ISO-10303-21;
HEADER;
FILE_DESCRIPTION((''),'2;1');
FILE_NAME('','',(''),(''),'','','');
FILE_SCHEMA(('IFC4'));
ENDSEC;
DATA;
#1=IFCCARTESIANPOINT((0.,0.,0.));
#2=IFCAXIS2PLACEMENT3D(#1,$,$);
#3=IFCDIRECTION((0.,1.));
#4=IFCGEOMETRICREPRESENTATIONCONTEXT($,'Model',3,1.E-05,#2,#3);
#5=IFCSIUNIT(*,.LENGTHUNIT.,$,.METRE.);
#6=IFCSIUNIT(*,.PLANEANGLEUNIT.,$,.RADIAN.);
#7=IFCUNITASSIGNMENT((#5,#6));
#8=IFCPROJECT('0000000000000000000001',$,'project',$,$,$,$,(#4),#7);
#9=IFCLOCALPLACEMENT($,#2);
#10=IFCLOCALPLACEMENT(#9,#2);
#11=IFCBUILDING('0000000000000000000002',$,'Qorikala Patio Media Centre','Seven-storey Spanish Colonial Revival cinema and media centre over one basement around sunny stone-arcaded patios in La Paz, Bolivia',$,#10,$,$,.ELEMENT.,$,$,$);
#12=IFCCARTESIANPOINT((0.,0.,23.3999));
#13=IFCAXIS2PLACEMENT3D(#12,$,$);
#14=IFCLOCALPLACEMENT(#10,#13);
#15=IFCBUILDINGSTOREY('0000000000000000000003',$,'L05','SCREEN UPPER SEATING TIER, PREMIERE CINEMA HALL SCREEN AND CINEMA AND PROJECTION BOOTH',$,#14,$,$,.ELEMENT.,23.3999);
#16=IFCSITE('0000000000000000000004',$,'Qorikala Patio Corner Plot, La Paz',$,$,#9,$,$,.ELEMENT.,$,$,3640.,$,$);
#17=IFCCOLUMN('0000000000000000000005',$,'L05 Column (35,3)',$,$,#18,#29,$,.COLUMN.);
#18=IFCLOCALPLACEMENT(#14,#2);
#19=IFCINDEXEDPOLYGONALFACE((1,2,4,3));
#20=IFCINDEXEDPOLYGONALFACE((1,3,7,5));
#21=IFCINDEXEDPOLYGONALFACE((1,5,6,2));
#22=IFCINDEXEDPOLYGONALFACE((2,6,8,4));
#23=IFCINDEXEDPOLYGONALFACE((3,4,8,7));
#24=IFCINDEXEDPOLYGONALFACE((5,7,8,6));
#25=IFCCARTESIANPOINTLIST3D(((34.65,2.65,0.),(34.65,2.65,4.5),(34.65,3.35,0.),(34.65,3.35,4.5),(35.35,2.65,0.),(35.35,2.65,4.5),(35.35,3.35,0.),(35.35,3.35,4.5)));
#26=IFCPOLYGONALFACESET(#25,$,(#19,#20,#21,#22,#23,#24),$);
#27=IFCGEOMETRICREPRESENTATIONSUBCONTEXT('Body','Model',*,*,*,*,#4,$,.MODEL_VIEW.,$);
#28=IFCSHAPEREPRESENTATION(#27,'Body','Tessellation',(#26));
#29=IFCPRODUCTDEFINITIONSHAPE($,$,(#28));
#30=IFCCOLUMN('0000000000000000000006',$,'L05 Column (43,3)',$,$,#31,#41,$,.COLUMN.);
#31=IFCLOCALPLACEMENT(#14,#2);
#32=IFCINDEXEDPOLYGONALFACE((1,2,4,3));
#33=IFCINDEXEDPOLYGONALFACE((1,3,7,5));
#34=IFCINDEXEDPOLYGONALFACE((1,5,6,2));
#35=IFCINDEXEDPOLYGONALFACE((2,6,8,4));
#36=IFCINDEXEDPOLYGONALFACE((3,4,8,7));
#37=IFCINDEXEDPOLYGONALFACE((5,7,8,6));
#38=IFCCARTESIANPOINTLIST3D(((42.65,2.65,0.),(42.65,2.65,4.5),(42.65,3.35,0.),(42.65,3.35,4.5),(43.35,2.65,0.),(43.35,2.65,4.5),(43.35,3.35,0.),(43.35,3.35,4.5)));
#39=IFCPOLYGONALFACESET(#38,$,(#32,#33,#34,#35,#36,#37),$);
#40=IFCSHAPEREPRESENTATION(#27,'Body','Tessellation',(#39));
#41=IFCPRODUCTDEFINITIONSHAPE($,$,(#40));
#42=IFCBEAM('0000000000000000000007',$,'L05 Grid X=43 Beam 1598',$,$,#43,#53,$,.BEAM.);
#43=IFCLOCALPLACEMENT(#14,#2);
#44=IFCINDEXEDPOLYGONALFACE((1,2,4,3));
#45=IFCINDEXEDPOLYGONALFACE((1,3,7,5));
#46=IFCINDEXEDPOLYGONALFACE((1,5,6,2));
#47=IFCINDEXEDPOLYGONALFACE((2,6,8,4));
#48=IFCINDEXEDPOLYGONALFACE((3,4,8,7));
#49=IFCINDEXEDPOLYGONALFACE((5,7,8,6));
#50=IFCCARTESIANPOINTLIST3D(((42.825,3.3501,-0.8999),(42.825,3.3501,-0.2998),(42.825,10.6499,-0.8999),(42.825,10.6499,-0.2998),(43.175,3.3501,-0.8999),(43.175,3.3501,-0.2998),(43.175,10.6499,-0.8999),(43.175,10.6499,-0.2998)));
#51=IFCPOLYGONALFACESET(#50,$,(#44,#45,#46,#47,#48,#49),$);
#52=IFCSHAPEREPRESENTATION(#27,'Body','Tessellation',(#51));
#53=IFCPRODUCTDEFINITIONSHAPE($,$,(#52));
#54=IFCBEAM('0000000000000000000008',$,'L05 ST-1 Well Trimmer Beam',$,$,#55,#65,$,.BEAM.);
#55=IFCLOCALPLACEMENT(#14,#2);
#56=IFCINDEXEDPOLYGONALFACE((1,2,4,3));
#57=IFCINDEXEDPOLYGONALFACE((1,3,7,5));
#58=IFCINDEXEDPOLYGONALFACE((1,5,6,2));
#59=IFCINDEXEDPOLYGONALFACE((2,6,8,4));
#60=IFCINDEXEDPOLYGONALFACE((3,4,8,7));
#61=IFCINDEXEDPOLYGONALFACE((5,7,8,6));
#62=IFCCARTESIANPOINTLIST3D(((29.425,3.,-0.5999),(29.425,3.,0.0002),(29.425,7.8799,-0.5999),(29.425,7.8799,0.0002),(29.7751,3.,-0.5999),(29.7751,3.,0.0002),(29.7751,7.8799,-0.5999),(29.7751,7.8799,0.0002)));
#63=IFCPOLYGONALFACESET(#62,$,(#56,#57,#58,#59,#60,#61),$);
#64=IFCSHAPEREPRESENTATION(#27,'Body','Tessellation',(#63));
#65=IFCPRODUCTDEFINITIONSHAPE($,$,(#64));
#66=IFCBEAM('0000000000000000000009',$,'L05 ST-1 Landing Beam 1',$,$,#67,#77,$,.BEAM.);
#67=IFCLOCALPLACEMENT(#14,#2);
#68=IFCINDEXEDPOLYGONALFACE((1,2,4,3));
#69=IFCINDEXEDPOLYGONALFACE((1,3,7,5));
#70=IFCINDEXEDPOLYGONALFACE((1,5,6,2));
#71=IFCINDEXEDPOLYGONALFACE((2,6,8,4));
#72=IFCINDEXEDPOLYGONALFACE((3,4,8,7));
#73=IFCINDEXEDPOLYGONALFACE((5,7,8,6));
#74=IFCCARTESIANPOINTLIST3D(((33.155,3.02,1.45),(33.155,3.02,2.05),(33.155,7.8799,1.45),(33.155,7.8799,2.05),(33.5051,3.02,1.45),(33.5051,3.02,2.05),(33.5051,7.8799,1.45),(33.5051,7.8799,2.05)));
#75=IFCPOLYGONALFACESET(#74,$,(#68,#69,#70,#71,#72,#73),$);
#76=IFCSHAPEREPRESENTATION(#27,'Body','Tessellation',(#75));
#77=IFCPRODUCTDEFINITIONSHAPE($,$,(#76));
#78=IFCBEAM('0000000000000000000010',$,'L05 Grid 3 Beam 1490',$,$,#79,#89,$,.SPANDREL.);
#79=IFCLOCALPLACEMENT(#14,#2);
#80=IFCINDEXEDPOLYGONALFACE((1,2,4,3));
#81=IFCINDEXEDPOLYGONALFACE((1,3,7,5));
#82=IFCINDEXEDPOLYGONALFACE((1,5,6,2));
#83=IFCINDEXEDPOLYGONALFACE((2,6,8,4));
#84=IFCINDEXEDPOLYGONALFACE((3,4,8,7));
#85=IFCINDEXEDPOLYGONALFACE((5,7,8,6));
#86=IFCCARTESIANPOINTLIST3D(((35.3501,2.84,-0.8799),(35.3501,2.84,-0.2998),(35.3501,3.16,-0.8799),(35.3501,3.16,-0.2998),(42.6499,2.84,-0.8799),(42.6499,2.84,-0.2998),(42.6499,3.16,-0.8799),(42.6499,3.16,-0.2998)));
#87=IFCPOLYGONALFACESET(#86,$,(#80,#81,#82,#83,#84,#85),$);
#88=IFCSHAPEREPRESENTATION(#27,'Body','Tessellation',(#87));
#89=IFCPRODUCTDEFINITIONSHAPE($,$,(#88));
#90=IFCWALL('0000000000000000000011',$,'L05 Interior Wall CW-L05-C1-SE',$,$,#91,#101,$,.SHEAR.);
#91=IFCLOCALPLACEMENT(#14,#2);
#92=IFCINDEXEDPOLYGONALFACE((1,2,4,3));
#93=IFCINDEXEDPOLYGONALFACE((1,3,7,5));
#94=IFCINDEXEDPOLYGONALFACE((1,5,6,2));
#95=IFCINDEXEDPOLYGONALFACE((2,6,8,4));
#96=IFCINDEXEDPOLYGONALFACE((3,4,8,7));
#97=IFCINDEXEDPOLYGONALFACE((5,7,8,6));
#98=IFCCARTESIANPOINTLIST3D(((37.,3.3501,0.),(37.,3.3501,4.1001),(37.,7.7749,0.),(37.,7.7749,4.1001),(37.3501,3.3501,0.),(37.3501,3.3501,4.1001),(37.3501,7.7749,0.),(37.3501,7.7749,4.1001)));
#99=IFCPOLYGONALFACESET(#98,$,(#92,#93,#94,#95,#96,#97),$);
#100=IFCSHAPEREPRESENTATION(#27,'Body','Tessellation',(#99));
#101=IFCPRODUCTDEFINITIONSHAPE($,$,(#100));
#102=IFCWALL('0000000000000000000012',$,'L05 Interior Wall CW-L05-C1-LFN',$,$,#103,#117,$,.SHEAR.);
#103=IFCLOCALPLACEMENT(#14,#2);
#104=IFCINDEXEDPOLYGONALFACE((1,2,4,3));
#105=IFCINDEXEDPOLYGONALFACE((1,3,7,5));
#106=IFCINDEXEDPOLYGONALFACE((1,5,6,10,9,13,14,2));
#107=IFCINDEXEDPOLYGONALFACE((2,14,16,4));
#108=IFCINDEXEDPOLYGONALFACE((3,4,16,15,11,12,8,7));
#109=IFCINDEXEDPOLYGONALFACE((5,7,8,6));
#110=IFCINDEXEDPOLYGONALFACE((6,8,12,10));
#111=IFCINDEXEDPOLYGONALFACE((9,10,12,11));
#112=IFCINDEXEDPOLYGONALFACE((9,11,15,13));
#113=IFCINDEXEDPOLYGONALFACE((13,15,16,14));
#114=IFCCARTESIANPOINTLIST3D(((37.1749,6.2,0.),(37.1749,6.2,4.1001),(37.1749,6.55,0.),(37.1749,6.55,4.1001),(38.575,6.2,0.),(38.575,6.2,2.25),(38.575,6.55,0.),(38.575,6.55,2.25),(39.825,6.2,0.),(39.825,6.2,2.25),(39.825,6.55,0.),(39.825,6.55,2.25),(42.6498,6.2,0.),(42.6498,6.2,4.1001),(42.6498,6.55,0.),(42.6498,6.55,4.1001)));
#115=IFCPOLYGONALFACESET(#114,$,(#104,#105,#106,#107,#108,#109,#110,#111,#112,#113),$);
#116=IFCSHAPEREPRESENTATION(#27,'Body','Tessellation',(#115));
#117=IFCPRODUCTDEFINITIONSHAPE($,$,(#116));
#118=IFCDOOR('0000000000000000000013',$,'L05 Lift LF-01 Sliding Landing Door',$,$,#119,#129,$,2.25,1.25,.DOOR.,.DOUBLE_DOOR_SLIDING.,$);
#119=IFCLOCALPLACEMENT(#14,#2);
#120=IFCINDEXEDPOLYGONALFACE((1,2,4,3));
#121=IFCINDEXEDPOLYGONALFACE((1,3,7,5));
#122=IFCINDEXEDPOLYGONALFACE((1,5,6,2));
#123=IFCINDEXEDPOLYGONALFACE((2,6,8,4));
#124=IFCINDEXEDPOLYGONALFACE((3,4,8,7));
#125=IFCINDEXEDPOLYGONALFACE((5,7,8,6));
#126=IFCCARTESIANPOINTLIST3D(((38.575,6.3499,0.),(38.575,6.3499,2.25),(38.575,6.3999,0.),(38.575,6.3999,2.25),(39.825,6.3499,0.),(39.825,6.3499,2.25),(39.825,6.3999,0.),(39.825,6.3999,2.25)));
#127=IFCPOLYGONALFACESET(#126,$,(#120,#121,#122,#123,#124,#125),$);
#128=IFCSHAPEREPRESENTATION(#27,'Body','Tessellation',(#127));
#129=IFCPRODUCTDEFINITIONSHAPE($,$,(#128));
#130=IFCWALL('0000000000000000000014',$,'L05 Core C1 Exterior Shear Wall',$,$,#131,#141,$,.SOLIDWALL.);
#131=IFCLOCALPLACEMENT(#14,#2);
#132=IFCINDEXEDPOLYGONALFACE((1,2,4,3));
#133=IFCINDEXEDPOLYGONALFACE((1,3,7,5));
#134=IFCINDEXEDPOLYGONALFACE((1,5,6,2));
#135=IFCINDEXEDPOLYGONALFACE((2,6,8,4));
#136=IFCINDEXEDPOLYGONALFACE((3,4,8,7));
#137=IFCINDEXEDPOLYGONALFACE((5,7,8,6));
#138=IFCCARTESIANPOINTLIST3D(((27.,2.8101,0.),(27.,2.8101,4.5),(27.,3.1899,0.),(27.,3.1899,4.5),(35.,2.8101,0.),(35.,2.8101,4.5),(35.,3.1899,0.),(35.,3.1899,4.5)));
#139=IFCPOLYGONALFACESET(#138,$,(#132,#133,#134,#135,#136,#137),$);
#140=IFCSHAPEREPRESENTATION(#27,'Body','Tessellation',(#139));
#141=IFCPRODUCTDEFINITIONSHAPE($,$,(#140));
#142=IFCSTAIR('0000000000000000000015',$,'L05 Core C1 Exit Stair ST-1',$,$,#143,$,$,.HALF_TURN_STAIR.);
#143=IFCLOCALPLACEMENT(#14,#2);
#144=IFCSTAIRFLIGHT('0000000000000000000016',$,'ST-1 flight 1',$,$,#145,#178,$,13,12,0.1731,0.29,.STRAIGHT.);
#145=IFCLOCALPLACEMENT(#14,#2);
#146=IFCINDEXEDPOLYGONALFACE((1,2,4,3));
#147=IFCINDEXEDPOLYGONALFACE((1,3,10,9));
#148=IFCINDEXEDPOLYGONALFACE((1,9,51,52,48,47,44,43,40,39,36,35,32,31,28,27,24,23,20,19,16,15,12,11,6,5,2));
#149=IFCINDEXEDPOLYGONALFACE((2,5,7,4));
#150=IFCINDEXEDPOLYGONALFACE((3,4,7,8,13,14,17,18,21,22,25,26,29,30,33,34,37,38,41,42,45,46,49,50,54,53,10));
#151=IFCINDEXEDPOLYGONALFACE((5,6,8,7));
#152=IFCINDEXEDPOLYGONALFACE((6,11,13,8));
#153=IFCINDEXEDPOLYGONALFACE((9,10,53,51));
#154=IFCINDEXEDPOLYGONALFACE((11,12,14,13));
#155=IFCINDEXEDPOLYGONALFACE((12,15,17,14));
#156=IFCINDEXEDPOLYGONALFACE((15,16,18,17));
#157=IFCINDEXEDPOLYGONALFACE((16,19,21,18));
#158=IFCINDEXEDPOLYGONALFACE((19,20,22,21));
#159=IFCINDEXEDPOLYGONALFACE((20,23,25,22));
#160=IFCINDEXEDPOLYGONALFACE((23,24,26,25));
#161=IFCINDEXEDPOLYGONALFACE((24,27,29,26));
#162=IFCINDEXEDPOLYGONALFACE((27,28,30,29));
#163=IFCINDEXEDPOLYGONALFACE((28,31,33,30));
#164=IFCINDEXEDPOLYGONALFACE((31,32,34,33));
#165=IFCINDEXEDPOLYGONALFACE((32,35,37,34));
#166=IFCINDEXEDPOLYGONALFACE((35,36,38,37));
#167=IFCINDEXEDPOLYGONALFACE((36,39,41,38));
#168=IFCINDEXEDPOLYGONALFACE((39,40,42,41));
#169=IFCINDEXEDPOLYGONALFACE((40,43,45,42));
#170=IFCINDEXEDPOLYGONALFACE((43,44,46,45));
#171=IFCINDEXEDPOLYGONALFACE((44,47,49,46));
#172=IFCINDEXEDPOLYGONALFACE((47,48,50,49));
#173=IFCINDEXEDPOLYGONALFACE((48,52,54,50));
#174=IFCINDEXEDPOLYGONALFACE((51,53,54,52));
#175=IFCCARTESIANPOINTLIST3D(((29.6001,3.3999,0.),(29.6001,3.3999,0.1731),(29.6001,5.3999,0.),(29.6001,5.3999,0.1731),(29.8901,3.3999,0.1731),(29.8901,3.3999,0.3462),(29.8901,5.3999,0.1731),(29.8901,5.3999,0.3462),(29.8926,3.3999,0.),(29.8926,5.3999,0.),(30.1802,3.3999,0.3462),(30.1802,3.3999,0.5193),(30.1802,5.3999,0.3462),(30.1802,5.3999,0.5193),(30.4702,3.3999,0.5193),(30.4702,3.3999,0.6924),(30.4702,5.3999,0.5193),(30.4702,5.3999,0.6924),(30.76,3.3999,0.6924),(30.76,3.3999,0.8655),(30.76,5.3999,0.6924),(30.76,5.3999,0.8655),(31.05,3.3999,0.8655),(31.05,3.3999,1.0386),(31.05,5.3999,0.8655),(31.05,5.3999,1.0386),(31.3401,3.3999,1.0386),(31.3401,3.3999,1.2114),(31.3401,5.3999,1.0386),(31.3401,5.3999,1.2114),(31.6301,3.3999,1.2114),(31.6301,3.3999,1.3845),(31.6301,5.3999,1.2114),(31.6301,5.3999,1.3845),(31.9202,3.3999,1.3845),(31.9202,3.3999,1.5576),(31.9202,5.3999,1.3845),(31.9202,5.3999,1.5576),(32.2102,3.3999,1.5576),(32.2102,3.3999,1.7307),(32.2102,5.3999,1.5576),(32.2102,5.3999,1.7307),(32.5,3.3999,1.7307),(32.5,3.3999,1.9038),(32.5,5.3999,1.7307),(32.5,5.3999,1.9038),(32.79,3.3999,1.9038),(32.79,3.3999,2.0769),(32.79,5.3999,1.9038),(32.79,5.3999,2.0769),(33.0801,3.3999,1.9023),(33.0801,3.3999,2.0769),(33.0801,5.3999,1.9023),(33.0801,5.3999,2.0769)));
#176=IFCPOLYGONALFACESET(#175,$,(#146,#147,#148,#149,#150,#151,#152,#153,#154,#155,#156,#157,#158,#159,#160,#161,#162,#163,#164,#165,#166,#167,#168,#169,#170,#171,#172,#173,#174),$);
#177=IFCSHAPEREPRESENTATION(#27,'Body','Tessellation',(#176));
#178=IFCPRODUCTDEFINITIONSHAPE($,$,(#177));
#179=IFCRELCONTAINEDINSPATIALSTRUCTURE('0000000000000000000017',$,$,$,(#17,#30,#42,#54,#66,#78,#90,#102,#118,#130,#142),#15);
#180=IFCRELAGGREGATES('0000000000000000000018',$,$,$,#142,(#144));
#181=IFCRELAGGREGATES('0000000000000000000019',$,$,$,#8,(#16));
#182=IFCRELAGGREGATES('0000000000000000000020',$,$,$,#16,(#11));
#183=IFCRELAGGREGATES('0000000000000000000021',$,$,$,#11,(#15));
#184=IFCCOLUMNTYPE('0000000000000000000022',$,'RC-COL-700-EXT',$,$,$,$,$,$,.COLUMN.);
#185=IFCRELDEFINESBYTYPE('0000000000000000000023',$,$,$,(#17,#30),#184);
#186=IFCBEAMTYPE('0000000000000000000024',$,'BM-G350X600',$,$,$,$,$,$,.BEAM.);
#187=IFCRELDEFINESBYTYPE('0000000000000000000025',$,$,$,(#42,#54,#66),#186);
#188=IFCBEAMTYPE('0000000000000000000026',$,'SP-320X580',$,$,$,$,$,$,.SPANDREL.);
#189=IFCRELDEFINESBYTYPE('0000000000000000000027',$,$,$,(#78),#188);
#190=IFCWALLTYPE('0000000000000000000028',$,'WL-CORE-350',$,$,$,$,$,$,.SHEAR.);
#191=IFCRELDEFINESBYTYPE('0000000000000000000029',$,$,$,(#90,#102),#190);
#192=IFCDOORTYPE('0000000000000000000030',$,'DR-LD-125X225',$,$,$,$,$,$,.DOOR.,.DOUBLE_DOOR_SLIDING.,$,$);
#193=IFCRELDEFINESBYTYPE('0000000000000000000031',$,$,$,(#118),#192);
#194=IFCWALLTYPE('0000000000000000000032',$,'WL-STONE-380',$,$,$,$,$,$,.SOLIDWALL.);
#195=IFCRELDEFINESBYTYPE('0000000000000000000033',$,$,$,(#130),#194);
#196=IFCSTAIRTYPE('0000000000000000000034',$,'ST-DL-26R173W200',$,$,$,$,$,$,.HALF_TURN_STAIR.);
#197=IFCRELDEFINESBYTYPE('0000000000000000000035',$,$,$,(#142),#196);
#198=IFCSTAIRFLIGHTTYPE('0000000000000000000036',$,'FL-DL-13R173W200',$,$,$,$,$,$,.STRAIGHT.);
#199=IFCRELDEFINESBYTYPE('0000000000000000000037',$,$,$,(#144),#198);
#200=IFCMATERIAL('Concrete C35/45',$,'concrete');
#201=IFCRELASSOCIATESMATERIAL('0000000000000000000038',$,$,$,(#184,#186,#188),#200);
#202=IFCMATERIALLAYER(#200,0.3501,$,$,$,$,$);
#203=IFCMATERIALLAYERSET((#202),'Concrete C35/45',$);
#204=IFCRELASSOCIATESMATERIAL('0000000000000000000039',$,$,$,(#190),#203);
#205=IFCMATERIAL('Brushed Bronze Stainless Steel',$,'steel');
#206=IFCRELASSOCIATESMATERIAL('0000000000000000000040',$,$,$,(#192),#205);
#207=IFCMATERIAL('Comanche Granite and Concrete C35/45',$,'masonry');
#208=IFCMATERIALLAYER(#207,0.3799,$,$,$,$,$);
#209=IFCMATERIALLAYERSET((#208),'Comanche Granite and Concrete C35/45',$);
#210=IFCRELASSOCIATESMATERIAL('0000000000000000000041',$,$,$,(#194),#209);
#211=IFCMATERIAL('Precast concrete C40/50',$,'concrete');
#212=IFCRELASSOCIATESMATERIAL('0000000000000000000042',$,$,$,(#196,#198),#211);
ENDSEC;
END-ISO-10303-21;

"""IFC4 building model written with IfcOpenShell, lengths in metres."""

from ifc_helpers import new_model, si_unit, direction, frame, frame_2d, origin, origin_2d, place, context, subcontext, project, spatial, polyline, rectangle, outline, extrude, material, layer, layer_set, material_profile, profile_set, type_object, element, fill, aggregate, save


model = new_model("IFC4")

# Units and contexts
model_context = context("Model", 3, precision=1e-05, world=origin(), true_north=direction((0.0, 1.0)))
body_context = subcontext(model_context, "Body", "Model", "MODEL_VIEW")
ifc_project = project(units=[si_unit("LENGTHUNIT", "METRE"), si_unit("PLANEANGLEUNIT", "RADIAN")], contexts=[model_context])

# Site, building, storey
site_placement = place(None, origin())
site = spatial("IfcSite", under=ifc_project, at=site_placement, Name="Qorikala Patio Corner Plot, La Paz", CompositionType="ELEMENT", RefElevation=3640.0)
building_placement = place(site_placement, origin())
building = spatial("IfcBuilding", under=site, at=building_placement, Name="Qorikala Patio Media Centre", Description="Seven-storey Spanish Colonial Revival cinema and media centre over one basement around sunny stone-arcaded patios in La Paz, Bolivia", CompositionType="ELEMENT")
storey_placement = place(building_placement, frame((0.0, 0.0, 23.3999)))
storey = spatial("IfcBuildingStorey", under=building, at=storey_placement, Name="L05", Description="SCREEN UPPER SEATING TIER, PREMIERE CINEMA HALL SCREEN AND CINEMA AND PROJECTION BOOTH", CompositionType="ELEMENT", Elevation=23.3999)

# Columns
ifc_material_1 = material(Name="Concrete C35/45", Category="concrete")
ifc_material_profile_1 = material_profile(ifc_material_1, rectangle(XDim=0.7, YDim=0.7, at=origin_2d()), Name="RC 700x700")
ifc_profile_set_1 = profile_set([ifc_material_profile_1], Name="Concrete C35/45")
column_type = type_object("IfcColumnType", Name="RC-COL-700-EXT", PredefinedType="COLUMN", material=ifc_profile_set_1)
for number, where, z_axis, x_axis, name in (
    (1, (35.0, 3.0, 0.0), (0.0, 0.0, 1.0), (1.0, 0.0, 0.0), "L05 Column (35,3)"),
    (2, (43.0, 3.0, 0.0), (0.0, 0.0, 1.0), (1.0, 0.0, 0.0), "L05 Column (43,3)"),
):
    element("IfcColumn", number, at=place(storey_placement, frame(where, z_axis=z_axis, x_axis=x_axis)), inside=storey, type_object=column_type, Name=name, PredefinedType="COLUMN", context=body_context, shape_type="SweptSolid", body=[
        extrude(rectangle(XDim=0.7, YDim=0.7, at=origin_2d()), origin(), (0.0, 0.0, 1.0), 4.5),
    ])

# Beams
ifc_material_profile_2 = material_profile(ifc_material_1, rectangle(XDim=0.3501, YDim=0.6001, at=origin_2d()), Name="RC 350x600")
ifc_profile_set_2 = profile_set([ifc_material_profile_2], Name="Concrete C35/45")
beam_type_1 = type_object("IfcBeamType", Name="BM-G350X600", PredefinedType="BEAM", material=ifc_profile_set_2)
beam_1_placement = place(storey_placement, frame((43.0, 3.3501, -0.5999), z_axis=(0.0, 1.0, 0.0), x_axis=(-1.0, 0.0, 0.0)))
element("IfcBeam", 3, at=beam_1_placement, inside=storey, type_object=beam_type_1, Name="L05 Grid X=43 Beam 1598", PredefinedType="BEAM", context=body_context, shape_type="SweptSolid", body=[
    extrude(rectangle(XDim=0.3501, YDim=0.6001, at=origin_2d()), origin(), (0.0, 0.0, 1.0), 7.2998),
])
beam_2_placement = place(storey_placement, frame((29.6001, 3.0, -0.2998), z_axis=(0.0, 1.0, 0.0), x_axis=(-1.0, 0.0, 0.0)))
element("IfcBeam", 4, at=beam_2_placement, inside=storey, type_object=beam_type_1, Name="L05 ST-1 Well Trimmer Beam", PredefinedType="BEAM", context=body_context, shape_type="SweptSolid", body=[
    extrude(rectangle(XDim=0.3501, YDim=0.6001, at=origin_2d()), origin(), (0.0, 0.0, 1.0), 4.8799),
])
beam_3_placement = place(storey_placement, frame((33.3301, 3.02, 1.75), z_axis=(0.0, 1.0, 0.0), x_axis=(-1.0, 0.0, 0.0)))
element("IfcBeam", 5, at=beam_3_placement, inside=storey, type_object=beam_type_1, Name="L05 ST-1 Landing Beam 1", PredefinedType="BEAM", context=body_context, shape_type="SweptSolid", body=[
    extrude(rectangle(XDim=0.3501, YDim=0.6001, at=origin_2d()), origin(), (0.0, 0.0, 1.0), 4.8599),
])
ifc_material_profile_3 = material_profile(ifc_material_1, rectangle(XDim=0.3201, YDim=0.5801, at=origin_2d()), Name="RC 320x580")
ifc_profile_set_3 = profile_set([ifc_material_profile_3], Name="Concrete C35/45")
beam_type_2 = type_object("IfcBeamType", Name="SP-320X580", PredefinedType="SPANDREL", material=ifc_profile_set_3)
beam_4_placement = place(storey_placement, frame((35.3501, 3.0, -0.5898), z_axis=(1.0, 0.0, 0.0), x_axis=(0.0, 1.0, 0.0)))
element("IfcBeam", 6, at=beam_4_placement, inside=storey, type_object=beam_type_2, Name="L05 Grid 3 Beam 1490", PredefinedType="SPANDREL", context=body_context, shape_type="SweptSolid", body=[
    extrude(rectangle(XDim=0.3201, YDim=0.5801, at=origin_2d()), origin(), (0.0, 0.0, 1.0), 7.2998),
])

# Wall
ifc_layer_1 = layer(ifc_material_1, 0.3501)
ifc_layer_set_1 = layer_set([ifc_layer_1], Name="Concrete C35/45")
wall_type_1 = type_object("IfcWallType", Name="WL-CORE-350", PredefinedType="SHEAR", material=ifc_layer_set_1)
wall_1_placement = place(storey_placement, frame((37.175, 3.3501, 0.0), z_axis=(0.0, 0.0, 1.0), x_axis=(0.0, 1.0, 0.0)))
element("IfcWall", 7, at=wall_1_placement, inside=storey, type_object=wall_type_1, Name="L05 Interior Wall CW-L05-C1-SE", PredefinedType="SHEAR", context=body_context, shape_type="SweptSolid", body=[
    extrude(rectangle(XDim=4.4248, YDim=0.3501, at=frame_2d((2.2124, 0.0))), origin(), (0.0, 0.0, 1.0), 4.1001),
])

# Wall, opening, door
wall_2_placement = place(storey_placement, frame((37.175, 6.375, 0.0), z_axis=(0.0, 0.0, 1.0), x_axis=(1.0, 0.0, 0.0)))
wall_2 = element("IfcWall", 8, at=wall_2_placement, inside=storey, type_object=wall_type_1, Name="L05 Interior Wall CW-L05-C1-LFN", PredefinedType="SHEAR", context=body_context, shape_type="SweptSolid", body=[
    extrude(rectangle(XDim=5.4749, YDim=0.3501, at=frame_2d((2.7373, 0.0))), origin(), (0.0, 0.0, 1.0), 4.1001),
])
opening_placement = place(wall_2_placement, frame((1.3999, 0.0, 0.0)))
opening = element("IfcOpeningElement", 9, at=opening_placement, cuts=wall_2, PredefinedType="OPENING", context=body_context, shape_type="SweptSolid", body=[
    extrude(rectangle(XDim=1.25, YDim=2.25, at=frame_2d((0.625, 1.125))), frame((0.0, 0.1851, 0.0), z_axis=(0.0, -1.0, 0.0), x_axis=(1.0, 0.0, 0.0)), (0.0, 0.0, 1.0), 0.3701),
])
ifc_material_2 = material(Name="Brushed Bronze Stainless Steel", Category="steel")
door_type = type_object("IfcDoorType", Name="DR-LD-125X225", OperationType="DOUBLE_DOOR_SLIDING", PredefinedType="DOOR", material=ifc_material_2)
door_placement = place(opening_placement, origin())
door = element("IfcDoor", 10, at=door_placement, inside=storey, type_object=door_type, Name="L05 Lift LF-01 Sliding Landing Door", OperationType="DOUBLE_DOOR_SLIDING", OverallHeight=2.25, OverallWidth=1.25, PredefinedType="DOOR", context=body_context, shape_type="SweptSolid", body=[
    extrude(rectangle(XDim=1.25, YDim=2.25, at=frame_2d((0.625, 1.125))), frame((0.0, 0.0249, 0.0), z_axis=(0.0, -1.0, 0.0), x_axis=(1.0, 0.0, 0.0)), (0.0, 0.0, 1.0), 0.05),
])
fill(opening, door)

# Wall
ifc_material_3 = material(Name="Comanche Granite and Concrete C35/45", Category="masonry")
ifc_layer_2 = layer(ifc_material_3, 0.3799)
ifc_layer_set_2 = layer_set([ifc_layer_2], Name="Comanche Granite and Concrete C35/45")
wall_type_2 = type_object("IfcWallType", Name="WL-STONE-380", PredefinedType="SOLIDWALL", material=ifc_layer_set_2)
wall_3_placement = place(storey_placement, frame((35.0, 3.0, 0.0), z_axis=(0.0, 0.0, 1.0), x_axis=(-1.0, 0.0, 0.0)))
element("IfcWall", 11, at=wall_3_placement, inside=storey, type_object=wall_type_2, Name="L05 Core C1 Exterior Shear Wall", PredefinedType="SOLIDWALL", context=body_context, shape_type="SweptSolid", body=[
    extrude(rectangle(XDim=8.0, YDim=0.3799, at=frame_2d((4.0, 0.0))), origin(), (0.0, 0.0, 1.0), 4.5),
])

# Stair, stair flight
ifc_material_4 = material(Name="Precast concrete C40/50", Category="concrete")
stair_type = type_object("IfcStairType", Name="ST-DL-26R173W200", PredefinedType="HALF_TURN_STAIR", material=ifc_material_4)
stair_placement = place(storey_placement, origin())
stair = element("IfcStair", 12, at=stair_placement, inside=storey, type_object=stair_type, Name="L05 Core C1 Exit Stair ST-1", PredefinedType="HALF_TURN_STAIR")
stair_flight_type = type_object("IfcStairFlightType", Name="FL-DL-13R173W200", PredefinedType="STRAIGHT", material=ifc_material_4)
stair_flight_1_placement = place(storey_placement, frame((29.6001, 4.3999, 0.0), z_axis=(0.0, 0.0, 1.0), x_axis=(1.0, 0.0, 0.0)))
stair_flight_1 = element("IfcStairFlight", 13, at=stair_flight_1_placement, type_object=stair_flight_type, Name="ST-1 flight 1", NumberOfRisers=13, NumberOfTreads=12, PredefinedType="STRAIGHT", RiserHeight=0.1731, TreadLength=0.29, context=body_context, shape_type="SweptSolid", body=[
    extrude(outline(polyline([(0.0, 0.0), (0.0, 0.1731), (0.29, 0.1731), (0.29, 0.3462), (0.5801, 0.3462), (0.5801, 0.5193), (0.8701, 0.5193), (0.8701, 0.6924), (1.1599, 0.6924), (1.1599, 0.8655), (1.45, 0.8655), (1.45, 1.0386), (1.74, 1.0386), (1.74, 1.2114), (2.03, 1.2114), (2.03, 1.3845), (2.3201, 1.3845), (2.3201, 1.5576), (2.6101, 1.5576), (2.6101, 1.7307), (2.8999, 1.7307), (2.8999, 1.9038), (3.1899, 1.9038), (3.1899, 2.0769), (3.48, 2.0769), (3.48, 2.25), (3.48, 1.9023), (0.2925, 0.0), (0.0, 0.0)])), frame((0.0, 1.0, 0.0), z_axis=(0.0, -1.0, 0.0), x_axis=(1.0, 0.0, 0.0)), (0.0, 0.0, 1.0), 2.0),
])
aggregate(stair, [stair_flight_1])

save(model, "model.ifc")
